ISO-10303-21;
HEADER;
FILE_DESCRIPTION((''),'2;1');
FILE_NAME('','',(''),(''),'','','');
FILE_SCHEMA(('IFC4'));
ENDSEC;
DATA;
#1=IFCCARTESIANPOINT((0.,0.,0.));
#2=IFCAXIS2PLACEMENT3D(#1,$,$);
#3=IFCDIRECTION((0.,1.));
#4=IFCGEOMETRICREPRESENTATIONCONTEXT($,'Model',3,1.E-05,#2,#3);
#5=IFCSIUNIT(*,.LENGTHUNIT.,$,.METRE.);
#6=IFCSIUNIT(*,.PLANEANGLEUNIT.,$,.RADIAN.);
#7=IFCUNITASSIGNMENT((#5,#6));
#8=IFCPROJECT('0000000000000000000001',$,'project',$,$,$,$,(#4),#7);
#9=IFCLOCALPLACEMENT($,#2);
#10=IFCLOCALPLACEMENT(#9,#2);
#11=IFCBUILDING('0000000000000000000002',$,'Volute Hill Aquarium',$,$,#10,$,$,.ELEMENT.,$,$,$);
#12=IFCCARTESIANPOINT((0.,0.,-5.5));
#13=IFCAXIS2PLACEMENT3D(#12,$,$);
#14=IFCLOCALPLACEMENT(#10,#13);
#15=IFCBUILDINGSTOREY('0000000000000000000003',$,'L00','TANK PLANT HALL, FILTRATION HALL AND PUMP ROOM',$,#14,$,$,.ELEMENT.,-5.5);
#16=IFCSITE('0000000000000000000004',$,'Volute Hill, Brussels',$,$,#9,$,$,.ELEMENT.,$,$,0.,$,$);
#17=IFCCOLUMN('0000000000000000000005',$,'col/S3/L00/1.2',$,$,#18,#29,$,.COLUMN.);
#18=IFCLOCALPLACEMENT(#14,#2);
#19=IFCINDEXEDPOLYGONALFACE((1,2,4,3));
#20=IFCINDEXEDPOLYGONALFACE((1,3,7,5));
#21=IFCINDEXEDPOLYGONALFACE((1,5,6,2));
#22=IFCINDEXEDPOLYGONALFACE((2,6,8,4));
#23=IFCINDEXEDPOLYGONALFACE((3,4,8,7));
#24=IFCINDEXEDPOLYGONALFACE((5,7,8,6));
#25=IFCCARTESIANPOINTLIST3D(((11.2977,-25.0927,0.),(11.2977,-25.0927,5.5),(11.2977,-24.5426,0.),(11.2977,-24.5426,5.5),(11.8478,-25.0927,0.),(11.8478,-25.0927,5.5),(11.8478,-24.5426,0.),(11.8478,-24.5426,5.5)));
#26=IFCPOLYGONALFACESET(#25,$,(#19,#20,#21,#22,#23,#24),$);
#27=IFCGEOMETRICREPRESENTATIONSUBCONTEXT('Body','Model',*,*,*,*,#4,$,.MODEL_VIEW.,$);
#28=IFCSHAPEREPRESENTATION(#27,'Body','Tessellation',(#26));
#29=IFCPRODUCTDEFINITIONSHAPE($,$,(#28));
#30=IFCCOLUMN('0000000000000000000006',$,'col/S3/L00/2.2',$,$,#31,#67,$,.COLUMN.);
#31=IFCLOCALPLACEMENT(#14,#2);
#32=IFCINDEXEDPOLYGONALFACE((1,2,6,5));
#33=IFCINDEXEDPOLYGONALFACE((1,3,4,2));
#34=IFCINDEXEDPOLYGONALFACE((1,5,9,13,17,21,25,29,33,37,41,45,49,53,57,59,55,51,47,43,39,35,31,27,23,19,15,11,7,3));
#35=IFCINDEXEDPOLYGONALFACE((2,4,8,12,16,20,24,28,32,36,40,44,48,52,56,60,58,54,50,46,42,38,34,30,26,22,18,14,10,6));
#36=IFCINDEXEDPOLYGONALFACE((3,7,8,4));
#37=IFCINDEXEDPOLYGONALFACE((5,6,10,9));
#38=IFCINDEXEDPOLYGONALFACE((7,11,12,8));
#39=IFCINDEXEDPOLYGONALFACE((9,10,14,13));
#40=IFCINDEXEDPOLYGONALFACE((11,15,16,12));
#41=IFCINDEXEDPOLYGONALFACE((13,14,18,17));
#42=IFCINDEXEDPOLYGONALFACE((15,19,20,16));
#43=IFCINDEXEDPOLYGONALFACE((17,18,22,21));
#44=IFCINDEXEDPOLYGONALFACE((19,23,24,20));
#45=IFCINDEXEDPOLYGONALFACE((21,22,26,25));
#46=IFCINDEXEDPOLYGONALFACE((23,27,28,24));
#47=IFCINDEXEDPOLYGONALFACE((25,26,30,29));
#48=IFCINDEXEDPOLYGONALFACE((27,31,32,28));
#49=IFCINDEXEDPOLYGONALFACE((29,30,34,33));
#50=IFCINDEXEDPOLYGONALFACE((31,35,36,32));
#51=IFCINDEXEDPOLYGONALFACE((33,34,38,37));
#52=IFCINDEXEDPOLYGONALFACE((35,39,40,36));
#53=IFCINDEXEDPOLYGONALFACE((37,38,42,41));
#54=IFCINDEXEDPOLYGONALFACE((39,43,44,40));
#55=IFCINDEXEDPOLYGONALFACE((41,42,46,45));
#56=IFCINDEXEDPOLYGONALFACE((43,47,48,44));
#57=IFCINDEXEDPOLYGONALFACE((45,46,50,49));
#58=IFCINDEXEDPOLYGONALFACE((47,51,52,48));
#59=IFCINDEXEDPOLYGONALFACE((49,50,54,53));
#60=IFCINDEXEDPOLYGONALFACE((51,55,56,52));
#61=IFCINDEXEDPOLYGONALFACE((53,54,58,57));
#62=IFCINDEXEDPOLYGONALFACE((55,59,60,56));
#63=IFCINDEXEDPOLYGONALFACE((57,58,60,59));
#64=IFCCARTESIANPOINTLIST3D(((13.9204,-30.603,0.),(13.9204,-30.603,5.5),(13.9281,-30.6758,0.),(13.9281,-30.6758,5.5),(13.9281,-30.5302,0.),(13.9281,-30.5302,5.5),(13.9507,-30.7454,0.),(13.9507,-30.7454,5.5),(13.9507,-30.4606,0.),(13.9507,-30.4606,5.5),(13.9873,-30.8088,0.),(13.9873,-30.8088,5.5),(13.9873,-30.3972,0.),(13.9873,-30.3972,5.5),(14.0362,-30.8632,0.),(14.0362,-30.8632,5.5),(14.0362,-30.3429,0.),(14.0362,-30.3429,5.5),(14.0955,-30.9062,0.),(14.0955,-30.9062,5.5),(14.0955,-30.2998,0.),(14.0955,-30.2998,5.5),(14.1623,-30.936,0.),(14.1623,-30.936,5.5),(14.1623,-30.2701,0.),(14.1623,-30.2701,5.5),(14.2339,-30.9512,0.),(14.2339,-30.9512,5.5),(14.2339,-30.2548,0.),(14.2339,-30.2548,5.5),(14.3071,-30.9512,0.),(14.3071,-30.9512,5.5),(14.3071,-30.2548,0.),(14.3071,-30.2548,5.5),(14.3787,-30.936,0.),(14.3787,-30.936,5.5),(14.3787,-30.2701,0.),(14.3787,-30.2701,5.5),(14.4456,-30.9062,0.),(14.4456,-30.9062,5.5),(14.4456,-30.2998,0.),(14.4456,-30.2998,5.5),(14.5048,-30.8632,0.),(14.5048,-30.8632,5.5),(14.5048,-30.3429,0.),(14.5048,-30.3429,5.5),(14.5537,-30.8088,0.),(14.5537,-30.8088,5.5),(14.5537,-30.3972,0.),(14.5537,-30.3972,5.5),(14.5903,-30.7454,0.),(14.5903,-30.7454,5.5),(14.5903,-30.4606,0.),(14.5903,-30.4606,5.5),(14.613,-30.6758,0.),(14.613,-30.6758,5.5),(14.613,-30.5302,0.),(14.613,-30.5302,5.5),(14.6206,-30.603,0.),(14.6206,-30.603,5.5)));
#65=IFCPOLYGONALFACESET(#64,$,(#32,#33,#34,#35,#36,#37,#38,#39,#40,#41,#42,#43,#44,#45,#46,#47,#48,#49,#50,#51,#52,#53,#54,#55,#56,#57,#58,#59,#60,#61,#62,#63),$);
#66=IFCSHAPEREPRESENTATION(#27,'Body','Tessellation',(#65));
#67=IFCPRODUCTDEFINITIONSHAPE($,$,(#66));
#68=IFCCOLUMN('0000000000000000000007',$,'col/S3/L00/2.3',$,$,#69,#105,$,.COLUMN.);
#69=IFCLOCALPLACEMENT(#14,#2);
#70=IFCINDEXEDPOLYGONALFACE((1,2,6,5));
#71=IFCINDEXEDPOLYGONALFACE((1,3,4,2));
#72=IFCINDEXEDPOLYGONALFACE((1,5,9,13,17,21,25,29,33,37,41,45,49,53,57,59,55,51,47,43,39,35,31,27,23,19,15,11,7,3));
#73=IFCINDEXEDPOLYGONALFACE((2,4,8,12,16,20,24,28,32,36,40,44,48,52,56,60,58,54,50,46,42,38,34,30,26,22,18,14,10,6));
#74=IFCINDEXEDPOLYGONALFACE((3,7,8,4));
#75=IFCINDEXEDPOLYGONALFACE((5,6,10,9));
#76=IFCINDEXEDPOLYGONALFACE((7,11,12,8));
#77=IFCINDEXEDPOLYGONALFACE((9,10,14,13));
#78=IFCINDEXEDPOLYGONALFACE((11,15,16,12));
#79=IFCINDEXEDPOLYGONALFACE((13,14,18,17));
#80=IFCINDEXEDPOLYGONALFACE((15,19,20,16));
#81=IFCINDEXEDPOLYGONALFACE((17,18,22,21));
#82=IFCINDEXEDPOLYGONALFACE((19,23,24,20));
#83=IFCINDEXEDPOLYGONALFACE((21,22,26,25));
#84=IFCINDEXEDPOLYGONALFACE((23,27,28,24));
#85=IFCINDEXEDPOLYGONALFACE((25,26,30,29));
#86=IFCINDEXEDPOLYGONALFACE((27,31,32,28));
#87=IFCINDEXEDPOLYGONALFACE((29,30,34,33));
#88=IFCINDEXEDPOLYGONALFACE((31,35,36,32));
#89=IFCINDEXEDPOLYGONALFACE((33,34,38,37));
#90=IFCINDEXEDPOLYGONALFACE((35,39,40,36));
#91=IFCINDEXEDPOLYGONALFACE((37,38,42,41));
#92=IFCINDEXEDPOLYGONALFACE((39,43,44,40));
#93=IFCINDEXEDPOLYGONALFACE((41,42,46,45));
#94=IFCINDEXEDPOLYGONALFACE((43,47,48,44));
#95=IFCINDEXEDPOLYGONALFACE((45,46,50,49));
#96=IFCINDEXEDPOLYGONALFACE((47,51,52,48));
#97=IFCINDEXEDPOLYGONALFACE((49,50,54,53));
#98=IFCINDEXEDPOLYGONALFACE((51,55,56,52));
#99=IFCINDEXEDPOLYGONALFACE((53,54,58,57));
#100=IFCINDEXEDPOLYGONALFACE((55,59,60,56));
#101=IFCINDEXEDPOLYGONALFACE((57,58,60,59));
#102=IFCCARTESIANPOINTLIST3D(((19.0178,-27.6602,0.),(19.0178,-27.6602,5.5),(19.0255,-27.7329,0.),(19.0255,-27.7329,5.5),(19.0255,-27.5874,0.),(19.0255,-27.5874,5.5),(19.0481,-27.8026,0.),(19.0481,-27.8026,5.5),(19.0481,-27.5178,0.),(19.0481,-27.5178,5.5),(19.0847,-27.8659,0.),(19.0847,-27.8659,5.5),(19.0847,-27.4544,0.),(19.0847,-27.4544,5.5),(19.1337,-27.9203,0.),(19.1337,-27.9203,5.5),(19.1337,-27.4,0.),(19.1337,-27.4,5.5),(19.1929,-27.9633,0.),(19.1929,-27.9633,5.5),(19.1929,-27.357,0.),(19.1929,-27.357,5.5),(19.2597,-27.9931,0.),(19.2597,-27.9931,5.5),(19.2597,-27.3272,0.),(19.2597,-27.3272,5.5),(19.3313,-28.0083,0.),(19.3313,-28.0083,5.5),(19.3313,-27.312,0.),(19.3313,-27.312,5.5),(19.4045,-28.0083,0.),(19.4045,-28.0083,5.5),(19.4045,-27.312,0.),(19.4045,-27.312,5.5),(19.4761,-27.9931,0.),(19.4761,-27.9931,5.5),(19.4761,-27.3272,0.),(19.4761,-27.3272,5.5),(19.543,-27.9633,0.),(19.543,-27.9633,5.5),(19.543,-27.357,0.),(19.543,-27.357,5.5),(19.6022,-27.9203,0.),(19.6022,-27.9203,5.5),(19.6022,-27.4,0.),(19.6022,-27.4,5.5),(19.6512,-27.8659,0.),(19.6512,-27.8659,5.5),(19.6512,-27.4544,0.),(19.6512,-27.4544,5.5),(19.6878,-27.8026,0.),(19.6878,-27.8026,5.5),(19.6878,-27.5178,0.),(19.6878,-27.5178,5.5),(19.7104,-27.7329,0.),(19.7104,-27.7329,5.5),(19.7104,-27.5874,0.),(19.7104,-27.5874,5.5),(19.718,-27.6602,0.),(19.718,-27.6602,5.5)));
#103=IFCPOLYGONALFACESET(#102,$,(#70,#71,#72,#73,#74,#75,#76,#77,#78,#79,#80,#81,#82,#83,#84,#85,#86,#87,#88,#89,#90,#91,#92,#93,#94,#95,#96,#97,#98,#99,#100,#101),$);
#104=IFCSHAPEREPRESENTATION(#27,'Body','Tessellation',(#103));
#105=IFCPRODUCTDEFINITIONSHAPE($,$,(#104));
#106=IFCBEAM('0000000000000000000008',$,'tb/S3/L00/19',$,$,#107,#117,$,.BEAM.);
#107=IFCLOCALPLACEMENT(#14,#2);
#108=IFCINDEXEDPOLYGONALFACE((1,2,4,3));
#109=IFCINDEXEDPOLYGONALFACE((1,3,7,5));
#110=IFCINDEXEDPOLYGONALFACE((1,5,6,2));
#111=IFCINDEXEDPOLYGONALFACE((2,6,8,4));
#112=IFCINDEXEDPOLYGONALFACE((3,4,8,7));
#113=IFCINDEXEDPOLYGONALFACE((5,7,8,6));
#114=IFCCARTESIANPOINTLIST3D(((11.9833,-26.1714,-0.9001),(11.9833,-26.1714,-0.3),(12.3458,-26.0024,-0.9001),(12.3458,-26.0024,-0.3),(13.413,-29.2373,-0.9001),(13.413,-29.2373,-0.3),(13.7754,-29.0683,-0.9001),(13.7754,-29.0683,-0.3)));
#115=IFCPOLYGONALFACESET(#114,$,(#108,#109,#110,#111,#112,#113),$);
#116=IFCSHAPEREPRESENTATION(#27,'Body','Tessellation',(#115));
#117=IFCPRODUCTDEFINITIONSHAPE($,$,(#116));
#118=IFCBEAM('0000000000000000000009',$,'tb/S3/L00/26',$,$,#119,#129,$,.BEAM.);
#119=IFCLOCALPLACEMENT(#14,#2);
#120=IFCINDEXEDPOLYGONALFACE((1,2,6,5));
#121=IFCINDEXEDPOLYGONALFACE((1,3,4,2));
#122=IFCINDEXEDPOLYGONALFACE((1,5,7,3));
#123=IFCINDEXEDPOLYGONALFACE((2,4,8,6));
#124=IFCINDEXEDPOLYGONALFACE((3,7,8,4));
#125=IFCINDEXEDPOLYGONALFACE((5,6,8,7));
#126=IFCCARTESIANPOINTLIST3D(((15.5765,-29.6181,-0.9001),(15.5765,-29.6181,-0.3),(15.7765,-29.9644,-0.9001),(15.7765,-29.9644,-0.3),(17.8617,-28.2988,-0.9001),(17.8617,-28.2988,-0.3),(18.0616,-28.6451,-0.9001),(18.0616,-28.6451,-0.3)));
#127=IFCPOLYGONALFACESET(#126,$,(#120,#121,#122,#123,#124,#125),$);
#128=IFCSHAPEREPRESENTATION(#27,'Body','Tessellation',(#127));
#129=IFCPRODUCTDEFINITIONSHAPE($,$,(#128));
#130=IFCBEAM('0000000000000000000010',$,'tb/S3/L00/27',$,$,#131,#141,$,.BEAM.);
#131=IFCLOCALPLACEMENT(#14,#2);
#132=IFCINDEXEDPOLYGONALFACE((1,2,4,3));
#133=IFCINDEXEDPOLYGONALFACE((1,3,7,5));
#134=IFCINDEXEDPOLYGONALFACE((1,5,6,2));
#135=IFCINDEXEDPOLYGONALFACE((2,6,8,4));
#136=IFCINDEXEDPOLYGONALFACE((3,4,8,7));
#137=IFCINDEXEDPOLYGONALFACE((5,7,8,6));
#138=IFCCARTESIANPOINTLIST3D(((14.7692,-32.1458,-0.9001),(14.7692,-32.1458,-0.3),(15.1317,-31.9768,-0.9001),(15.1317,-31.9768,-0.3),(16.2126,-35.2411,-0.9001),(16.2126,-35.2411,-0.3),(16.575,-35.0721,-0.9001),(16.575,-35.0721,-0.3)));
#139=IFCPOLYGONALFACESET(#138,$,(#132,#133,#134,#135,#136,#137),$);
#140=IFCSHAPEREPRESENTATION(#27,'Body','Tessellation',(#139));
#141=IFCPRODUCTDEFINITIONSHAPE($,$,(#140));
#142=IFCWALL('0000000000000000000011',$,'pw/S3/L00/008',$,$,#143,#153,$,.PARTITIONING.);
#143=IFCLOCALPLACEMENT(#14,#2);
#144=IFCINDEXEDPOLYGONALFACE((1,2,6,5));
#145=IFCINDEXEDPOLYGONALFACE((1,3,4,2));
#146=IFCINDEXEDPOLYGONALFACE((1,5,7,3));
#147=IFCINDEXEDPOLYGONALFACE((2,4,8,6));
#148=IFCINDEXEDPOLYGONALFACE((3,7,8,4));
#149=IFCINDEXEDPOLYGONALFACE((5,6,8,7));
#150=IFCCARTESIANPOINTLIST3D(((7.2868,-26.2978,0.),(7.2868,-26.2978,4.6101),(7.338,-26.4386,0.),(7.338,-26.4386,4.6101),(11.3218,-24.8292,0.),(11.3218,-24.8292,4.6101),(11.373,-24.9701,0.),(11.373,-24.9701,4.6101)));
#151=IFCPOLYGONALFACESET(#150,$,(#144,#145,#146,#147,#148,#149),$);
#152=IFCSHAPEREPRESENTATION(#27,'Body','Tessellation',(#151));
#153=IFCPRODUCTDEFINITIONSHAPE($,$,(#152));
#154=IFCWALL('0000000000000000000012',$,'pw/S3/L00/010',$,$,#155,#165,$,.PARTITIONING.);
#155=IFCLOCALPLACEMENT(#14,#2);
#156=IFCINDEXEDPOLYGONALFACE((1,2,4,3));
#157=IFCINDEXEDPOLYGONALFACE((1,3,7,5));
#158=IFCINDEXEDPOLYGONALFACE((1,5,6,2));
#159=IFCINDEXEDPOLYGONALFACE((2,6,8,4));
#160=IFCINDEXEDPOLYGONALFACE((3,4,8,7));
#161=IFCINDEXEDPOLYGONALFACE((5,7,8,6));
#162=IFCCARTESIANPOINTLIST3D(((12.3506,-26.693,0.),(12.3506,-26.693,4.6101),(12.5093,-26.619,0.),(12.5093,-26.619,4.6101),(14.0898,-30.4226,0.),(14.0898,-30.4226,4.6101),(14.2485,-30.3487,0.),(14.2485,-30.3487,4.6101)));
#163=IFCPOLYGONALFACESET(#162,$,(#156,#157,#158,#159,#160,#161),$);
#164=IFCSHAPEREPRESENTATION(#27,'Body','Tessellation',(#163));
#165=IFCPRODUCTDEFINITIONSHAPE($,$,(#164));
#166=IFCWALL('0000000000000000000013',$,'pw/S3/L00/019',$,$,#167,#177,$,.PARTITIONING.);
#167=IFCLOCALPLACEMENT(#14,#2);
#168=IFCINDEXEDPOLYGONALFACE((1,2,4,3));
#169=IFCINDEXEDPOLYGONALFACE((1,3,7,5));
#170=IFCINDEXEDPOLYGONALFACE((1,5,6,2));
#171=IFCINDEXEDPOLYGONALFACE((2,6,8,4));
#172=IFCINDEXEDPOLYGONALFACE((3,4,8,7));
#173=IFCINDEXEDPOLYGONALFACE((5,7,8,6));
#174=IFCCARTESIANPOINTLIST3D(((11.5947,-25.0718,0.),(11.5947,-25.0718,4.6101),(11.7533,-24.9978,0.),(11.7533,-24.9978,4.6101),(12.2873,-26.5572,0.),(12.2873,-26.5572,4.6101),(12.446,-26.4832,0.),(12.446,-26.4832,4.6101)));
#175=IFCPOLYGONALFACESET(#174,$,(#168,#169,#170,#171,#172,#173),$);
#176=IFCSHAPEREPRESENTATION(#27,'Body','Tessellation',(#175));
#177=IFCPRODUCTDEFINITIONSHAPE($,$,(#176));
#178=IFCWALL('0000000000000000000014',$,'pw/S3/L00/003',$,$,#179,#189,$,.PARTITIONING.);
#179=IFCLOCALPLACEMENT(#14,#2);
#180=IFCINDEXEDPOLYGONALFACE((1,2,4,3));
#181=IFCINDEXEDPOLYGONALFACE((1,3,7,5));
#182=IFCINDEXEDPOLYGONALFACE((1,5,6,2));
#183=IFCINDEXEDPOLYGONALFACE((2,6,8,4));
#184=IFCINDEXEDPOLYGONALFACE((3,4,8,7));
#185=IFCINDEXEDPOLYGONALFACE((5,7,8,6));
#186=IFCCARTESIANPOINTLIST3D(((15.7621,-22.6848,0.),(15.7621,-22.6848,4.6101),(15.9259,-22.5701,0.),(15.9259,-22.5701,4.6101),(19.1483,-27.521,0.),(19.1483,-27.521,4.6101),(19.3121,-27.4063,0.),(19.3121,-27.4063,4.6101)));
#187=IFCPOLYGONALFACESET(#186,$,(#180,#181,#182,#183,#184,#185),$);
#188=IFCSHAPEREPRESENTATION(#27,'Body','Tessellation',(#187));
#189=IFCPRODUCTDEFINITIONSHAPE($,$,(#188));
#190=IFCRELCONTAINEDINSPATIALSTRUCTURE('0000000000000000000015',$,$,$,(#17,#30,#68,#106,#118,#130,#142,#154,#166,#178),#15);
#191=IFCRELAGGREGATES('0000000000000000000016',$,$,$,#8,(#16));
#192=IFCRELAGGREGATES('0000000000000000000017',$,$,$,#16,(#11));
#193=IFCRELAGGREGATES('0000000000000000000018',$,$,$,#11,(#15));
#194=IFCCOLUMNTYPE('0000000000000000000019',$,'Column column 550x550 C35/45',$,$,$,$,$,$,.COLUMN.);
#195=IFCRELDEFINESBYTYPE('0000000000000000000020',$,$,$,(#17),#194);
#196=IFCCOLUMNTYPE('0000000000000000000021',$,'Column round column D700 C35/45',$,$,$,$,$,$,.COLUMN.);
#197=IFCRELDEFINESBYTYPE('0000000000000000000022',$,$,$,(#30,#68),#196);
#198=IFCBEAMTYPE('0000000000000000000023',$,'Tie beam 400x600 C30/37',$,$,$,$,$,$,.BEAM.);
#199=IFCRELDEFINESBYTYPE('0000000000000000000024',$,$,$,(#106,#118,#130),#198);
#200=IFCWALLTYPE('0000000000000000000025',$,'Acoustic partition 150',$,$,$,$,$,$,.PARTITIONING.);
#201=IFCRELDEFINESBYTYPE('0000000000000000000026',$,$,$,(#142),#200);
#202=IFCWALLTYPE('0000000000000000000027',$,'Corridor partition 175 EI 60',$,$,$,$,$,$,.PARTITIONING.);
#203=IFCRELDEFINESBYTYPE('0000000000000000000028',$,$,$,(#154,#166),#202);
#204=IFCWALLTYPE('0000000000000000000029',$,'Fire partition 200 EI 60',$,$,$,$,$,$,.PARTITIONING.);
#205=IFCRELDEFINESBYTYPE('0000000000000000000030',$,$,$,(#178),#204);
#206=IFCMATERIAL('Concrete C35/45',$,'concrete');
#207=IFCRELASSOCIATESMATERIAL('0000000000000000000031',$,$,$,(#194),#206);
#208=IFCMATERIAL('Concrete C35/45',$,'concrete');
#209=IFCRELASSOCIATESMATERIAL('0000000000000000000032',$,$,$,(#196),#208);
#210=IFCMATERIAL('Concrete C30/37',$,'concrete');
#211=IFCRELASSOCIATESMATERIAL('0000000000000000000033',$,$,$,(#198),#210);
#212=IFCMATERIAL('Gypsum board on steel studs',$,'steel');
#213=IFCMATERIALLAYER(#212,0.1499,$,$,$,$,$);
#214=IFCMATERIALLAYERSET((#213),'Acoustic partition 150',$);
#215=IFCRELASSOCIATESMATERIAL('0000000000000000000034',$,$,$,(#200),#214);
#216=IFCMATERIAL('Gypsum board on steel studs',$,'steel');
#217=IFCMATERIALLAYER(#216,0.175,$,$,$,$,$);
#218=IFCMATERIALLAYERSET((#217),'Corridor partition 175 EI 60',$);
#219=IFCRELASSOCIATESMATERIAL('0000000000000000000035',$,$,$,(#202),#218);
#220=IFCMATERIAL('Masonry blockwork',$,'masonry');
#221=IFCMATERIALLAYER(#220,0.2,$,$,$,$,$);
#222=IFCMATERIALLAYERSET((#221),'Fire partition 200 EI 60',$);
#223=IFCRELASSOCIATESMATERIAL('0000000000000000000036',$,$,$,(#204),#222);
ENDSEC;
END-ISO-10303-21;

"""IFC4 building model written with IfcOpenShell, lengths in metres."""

from ifc_helpers import new_model, si_unit, direction, frame, frame_2d, origin, origin_2d, place, context, subcontext, project, spatial, rectangle, circle, extrude, material, layer, layer_set, material_profile, profile_set, type_object, element, save


model = new_model("IFC4")

# Units and contexts
model_context = context("Model", 3, precision=1e-05, world=origin(), true_north=direction((0.0, 1.0)))
body_context = subcontext(model_context, "Body", "Model", "MODEL_VIEW")
ifc_project = project(units=[si_unit("LENGTHUNIT", "METRE"), si_unit("PLANEANGLEUNIT", "RADIAN")], contexts=[model_context])

# Site, building, storey
site_placement = place(None, origin())
site = spatial("IfcSite", under=ifc_project, at=site_placement, Name="Volute Hill, Brussels", CompositionType="ELEMENT", RefElevation=0.0)
building_placement = place(site_placement, origin())
building = spatial("IfcBuilding", under=site, at=building_placement, Name="Volute Hill Aquarium", CompositionType="ELEMENT")
storey_placement = place(building_placement, frame((0.0, 0.0, -5.5)))
storey = spatial("IfcBuildingStorey", under=building, at=storey_placement, Name="L00", Description="TANK PLANT HALL, FILTRATION HALL AND PUMP ROOM", CompositionType="ELEMENT", Elevation=-5.5)

# Columns
ifc_material_1 = material(Name="Concrete C35/45", Category="concrete")
ifc_material_profile_1 = material_profile(ifc_material_1, rectangle(XDim=0.55, YDim=0.55, at=origin_2d()), Name="RC column 550x550")
ifc_profile_set_1 = profile_set([ifc_material_profile_1], Name="Concrete C35/45")
column_type_1 = type_object("IfcColumnType", Name="Column column 550x550 C35/45", PredefinedType="COLUMN", material=ifc_profile_set_1)
column_placement = place(storey_placement, frame((11.5728, -24.8176, 0.0), z_axis=(0.0, 0.0, 1.0), x_axis=(1.0, 0.0, 0.0)))
element("IfcColumn", 1, at=column_placement, inside=storey, type_object=column_type_1, Name="col/S3/L00/1.2", PredefinedType="COLUMN", context=body_context, shape_type="SweptSolid", body=[
    extrude(rectangle(XDim=0.55, YDim=0.55, at=origin_2d()), origin(), (0.0, 0.0, 1.0), 5.5),
])
ifc_material_2 = material(Name="Concrete C35/45", Category="concrete")
ifc_material_profile_2 = material_profile(ifc_material_2, circle(Radius=0.3501, at=origin_2d()), Name="RC round column D700")
ifc_profile_set_2 = profile_set([ifc_material_profile_2], Name="Concrete C35/45")
column_type_2 = type_object("IfcColumnType", Name="Column round column D700 C35/45", PredefinedType="COLUMN", material=ifc_profile_set_2)
for number, where, z_axis, x_axis, name in (
    (2, (14.2705, -30.603, 0.0), (0.0, 0.0, 1.0), (1.0, 0.0, 0.0), "col/S3/L00/2.2"),
    (3, (19.3679, -27.6602, 0.0), (0.0, 0.0, 1.0), (1.0, 0.0, 0.0), "col/S3/L00/2.3"),
):
    element("IfcColumn", number, at=place(storey_placement, frame(where, z_axis=z_axis, x_axis=x_axis)), inside=storey, type_object=column_type_2, Name=name, PredefinedType="COLUMN", context=body_context, shape_type="SweptSolid", body=[
        extrude(circle(Radius=0.3501, at=origin_2d()), origin(), (0.0, 0.0, 1.0), 5.5),
    ])

# Beams
ifc_material_3 = material(Name="Concrete C30/37", Category="concrete")
ifc_material_profile_3 = material_profile(ifc_material_3, rectangle(XDim=0.3999, YDim=0.6001, at=origin_2d()), Name="RC tie beam 400x600")
ifc_profile_set_3 = profile_set([ifc_material_profile_3], Name="Concrete C30/37")
beam_type = type_object("IfcBeamType", Name="Tie beam 400x600 C30/37", PredefinedType="BEAM", material=ifc_profile_set_3)
beam_1_placement = place(storey_placement, frame((12.1646, -26.0869, -0.6001), z_axis=(0.422625, -0.906305, 0.0), x_axis=(0.906305, 0.422625, 0.0)))
element("IfcBeam", 4, at=beam_1_placement, inside=storey, type_object=beam_type, Name="tb/S3/L00/19", PredefinedType="BEAM", context=body_context, shape_type="SweptSolid", body=[
    extrude(rectangle(XDim=0.3999, YDim=0.6001, at=origin_2d()), origin(), (0.0, 0.0, 1.0), 3.3828),
])
beam_2_placement = place(storey_placement, frame((15.6765, -29.7913, -0.6001), z_axis=(0.866025, 0.5, 0.0), x_axis=(-0.5, 0.866025, 0.0)))
element("IfcBeam", 5, at=beam_2_placement, inside=storey, type_object=beam_type, Name="tb/S3/L00/26", PredefinedType="BEAM", context=body_context, shape_type="SweptSolid", body=[
    extrude(rectangle(XDim=0.3999, YDim=0.6001, at=origin_2d()), origin(), (0.0, 0.0, 1.0), 2.6387),
])
beam_3_placement = place(storey_placement, frame((14.9504, -32.0613, -0.6001), z_axis=(0.422627, -0.906304, 0.0), x_axis=(0.906304, 0.422627, 0.0)))
element("IfcBeam", 6, at=beam_3_placement, inside=storey, type_object=beam_type, Name="tb/S3/L00/27", PredefinedType="BEAM", context=body_context, shape_type="SweptSolid", body=[
    extrude(rectangle(XDim=0.3999, YDim=0.6001, at=origin_2d()), origin(), (0.0, 0.0, 1.0), 3.4153),
])

# Walls
ifc_material_4 = material(Name="Gypsum board on steel studs", Category="steel")
ifc_layer_1 = layer(ifc_material_4, 0.1499)
ifc_layer_set_1 = layer_set([ifc_layer_1], Name="Acoustic partition 150")
wall_type_1 = type_object("IfcWallType", Name="Acoustic partition 150", PredefinedType="PARTITIONING", material=ifc_layer_set_1)
wall_1_placement = place(storey_placement, frame((11.3474, -24.8997, 0.0), z_axis=(0.0, 0.0, 1.0), x_axis=(-0.939699, -0.342003, 0.0)))
element("IfcWall", 7, at=wall_1_placement, inside=storey, type_object=wall_type_1, Name="pw/S3/L00/008", PredefinedType="PARTITIONING", context=body_context, shape_type="SweptSolid", body=[
    extrude(rectangle(XDim=4.2939, YDim=0.1499, at=frame_2d((2.147, 0.0))), origin(), (0.0, 0.0, 1.0), 4.6101),
])
ifc_material_5 = material(Name="Gypsum board on steel studs", Category="steel")
ifc_layer_2 = layer(ifc_material_5, 0.175)
ifc_layer_set_2 = layer_set([ifc_layer_2], Name="Corridor partition 175 EI 60")
wall_type_2 = type_object("IfcWallType", Name="Corridor partition 175 EI 60", PredefinedType="PARTITIONING", material=ifc_layer_set_2)
wall_2_placement = place(storey_placement, frame((12.4299, -26.656, 0.0), z_axis=(0.0, 0.0, 1.0), x_axis=(0.422629, -0.906303, 0.0)))
element("IfcWall", 8, at=wall_2_placement, inside=storey, type_object=wall_type_2, Name="pw/S3/L00/010", PredefinedType="PARTITIONING", context=body_context, shape_type="SweptSolid", body=[
    extrude(rectangle(XDim=4.1152, YDim=0.175, at=frame_2d((2.0576, 0.0))), origin(), (0.0, 0.0, 1.0), 4.6101),
])
wall_3_placement = place(storey_placement, frame((11.6741, -25.0349, 0.0), z_axis=(0.0, 0.0, 1.0), x_axis=(0.422616, -0.906309, 0.0)))
element("IfcWall", 9, at=wall_3_placement, inside=storey, type_object=wall_type_2, Name="pw/S3/L00/019", PredefinedType="PARTITIONING", context=body_context, shape_type="SweptSolid", body=[
    extrude(rectangle(XDim=1.6389, YDim=0.175, at=frame_2d((0.8193, 0.0))), origin(), (0.0, 0.0, 1.0), 4.6101),
])
ifc_material_6 = material(Name="Masonry blockwork", Category="masonry")
ifc_layer_3 = layer(ifc_material_6, 0.2)
ifc_layer_set_3 = layer_set([ifc_layer_3], Name="Fire partition 200 EI 60")
wall_type_3 = type_object("IfcWallType", Name="Fire partition 200 EI 60", PredefinedType="PARTITIONING", material=ifc_layer_set_3)
wall_4_placement = place(storey_placement, frame((19.2302, -27.4636, 0.0), z_axis=(0.0, 0.0, 1.0), x_axis=(-0.573565, 0.81916, 0.0)))
element("IfcWall", 10, at=wall_4_placement, inside=storey, type_object=wall_type_3, Name="pw/S3/L00/003", PredefinedType="PARTITIONING", context=body_context, shape_type="SweptSolid", body=[
    extrude(rectangle(XDim=5.9038, YDim=0.2, at=frame_2d((2.9519, 0.0))), origin(), (0.0, 0.0, 1.0), 4.6101),
])

save(model, "model.ifc")
